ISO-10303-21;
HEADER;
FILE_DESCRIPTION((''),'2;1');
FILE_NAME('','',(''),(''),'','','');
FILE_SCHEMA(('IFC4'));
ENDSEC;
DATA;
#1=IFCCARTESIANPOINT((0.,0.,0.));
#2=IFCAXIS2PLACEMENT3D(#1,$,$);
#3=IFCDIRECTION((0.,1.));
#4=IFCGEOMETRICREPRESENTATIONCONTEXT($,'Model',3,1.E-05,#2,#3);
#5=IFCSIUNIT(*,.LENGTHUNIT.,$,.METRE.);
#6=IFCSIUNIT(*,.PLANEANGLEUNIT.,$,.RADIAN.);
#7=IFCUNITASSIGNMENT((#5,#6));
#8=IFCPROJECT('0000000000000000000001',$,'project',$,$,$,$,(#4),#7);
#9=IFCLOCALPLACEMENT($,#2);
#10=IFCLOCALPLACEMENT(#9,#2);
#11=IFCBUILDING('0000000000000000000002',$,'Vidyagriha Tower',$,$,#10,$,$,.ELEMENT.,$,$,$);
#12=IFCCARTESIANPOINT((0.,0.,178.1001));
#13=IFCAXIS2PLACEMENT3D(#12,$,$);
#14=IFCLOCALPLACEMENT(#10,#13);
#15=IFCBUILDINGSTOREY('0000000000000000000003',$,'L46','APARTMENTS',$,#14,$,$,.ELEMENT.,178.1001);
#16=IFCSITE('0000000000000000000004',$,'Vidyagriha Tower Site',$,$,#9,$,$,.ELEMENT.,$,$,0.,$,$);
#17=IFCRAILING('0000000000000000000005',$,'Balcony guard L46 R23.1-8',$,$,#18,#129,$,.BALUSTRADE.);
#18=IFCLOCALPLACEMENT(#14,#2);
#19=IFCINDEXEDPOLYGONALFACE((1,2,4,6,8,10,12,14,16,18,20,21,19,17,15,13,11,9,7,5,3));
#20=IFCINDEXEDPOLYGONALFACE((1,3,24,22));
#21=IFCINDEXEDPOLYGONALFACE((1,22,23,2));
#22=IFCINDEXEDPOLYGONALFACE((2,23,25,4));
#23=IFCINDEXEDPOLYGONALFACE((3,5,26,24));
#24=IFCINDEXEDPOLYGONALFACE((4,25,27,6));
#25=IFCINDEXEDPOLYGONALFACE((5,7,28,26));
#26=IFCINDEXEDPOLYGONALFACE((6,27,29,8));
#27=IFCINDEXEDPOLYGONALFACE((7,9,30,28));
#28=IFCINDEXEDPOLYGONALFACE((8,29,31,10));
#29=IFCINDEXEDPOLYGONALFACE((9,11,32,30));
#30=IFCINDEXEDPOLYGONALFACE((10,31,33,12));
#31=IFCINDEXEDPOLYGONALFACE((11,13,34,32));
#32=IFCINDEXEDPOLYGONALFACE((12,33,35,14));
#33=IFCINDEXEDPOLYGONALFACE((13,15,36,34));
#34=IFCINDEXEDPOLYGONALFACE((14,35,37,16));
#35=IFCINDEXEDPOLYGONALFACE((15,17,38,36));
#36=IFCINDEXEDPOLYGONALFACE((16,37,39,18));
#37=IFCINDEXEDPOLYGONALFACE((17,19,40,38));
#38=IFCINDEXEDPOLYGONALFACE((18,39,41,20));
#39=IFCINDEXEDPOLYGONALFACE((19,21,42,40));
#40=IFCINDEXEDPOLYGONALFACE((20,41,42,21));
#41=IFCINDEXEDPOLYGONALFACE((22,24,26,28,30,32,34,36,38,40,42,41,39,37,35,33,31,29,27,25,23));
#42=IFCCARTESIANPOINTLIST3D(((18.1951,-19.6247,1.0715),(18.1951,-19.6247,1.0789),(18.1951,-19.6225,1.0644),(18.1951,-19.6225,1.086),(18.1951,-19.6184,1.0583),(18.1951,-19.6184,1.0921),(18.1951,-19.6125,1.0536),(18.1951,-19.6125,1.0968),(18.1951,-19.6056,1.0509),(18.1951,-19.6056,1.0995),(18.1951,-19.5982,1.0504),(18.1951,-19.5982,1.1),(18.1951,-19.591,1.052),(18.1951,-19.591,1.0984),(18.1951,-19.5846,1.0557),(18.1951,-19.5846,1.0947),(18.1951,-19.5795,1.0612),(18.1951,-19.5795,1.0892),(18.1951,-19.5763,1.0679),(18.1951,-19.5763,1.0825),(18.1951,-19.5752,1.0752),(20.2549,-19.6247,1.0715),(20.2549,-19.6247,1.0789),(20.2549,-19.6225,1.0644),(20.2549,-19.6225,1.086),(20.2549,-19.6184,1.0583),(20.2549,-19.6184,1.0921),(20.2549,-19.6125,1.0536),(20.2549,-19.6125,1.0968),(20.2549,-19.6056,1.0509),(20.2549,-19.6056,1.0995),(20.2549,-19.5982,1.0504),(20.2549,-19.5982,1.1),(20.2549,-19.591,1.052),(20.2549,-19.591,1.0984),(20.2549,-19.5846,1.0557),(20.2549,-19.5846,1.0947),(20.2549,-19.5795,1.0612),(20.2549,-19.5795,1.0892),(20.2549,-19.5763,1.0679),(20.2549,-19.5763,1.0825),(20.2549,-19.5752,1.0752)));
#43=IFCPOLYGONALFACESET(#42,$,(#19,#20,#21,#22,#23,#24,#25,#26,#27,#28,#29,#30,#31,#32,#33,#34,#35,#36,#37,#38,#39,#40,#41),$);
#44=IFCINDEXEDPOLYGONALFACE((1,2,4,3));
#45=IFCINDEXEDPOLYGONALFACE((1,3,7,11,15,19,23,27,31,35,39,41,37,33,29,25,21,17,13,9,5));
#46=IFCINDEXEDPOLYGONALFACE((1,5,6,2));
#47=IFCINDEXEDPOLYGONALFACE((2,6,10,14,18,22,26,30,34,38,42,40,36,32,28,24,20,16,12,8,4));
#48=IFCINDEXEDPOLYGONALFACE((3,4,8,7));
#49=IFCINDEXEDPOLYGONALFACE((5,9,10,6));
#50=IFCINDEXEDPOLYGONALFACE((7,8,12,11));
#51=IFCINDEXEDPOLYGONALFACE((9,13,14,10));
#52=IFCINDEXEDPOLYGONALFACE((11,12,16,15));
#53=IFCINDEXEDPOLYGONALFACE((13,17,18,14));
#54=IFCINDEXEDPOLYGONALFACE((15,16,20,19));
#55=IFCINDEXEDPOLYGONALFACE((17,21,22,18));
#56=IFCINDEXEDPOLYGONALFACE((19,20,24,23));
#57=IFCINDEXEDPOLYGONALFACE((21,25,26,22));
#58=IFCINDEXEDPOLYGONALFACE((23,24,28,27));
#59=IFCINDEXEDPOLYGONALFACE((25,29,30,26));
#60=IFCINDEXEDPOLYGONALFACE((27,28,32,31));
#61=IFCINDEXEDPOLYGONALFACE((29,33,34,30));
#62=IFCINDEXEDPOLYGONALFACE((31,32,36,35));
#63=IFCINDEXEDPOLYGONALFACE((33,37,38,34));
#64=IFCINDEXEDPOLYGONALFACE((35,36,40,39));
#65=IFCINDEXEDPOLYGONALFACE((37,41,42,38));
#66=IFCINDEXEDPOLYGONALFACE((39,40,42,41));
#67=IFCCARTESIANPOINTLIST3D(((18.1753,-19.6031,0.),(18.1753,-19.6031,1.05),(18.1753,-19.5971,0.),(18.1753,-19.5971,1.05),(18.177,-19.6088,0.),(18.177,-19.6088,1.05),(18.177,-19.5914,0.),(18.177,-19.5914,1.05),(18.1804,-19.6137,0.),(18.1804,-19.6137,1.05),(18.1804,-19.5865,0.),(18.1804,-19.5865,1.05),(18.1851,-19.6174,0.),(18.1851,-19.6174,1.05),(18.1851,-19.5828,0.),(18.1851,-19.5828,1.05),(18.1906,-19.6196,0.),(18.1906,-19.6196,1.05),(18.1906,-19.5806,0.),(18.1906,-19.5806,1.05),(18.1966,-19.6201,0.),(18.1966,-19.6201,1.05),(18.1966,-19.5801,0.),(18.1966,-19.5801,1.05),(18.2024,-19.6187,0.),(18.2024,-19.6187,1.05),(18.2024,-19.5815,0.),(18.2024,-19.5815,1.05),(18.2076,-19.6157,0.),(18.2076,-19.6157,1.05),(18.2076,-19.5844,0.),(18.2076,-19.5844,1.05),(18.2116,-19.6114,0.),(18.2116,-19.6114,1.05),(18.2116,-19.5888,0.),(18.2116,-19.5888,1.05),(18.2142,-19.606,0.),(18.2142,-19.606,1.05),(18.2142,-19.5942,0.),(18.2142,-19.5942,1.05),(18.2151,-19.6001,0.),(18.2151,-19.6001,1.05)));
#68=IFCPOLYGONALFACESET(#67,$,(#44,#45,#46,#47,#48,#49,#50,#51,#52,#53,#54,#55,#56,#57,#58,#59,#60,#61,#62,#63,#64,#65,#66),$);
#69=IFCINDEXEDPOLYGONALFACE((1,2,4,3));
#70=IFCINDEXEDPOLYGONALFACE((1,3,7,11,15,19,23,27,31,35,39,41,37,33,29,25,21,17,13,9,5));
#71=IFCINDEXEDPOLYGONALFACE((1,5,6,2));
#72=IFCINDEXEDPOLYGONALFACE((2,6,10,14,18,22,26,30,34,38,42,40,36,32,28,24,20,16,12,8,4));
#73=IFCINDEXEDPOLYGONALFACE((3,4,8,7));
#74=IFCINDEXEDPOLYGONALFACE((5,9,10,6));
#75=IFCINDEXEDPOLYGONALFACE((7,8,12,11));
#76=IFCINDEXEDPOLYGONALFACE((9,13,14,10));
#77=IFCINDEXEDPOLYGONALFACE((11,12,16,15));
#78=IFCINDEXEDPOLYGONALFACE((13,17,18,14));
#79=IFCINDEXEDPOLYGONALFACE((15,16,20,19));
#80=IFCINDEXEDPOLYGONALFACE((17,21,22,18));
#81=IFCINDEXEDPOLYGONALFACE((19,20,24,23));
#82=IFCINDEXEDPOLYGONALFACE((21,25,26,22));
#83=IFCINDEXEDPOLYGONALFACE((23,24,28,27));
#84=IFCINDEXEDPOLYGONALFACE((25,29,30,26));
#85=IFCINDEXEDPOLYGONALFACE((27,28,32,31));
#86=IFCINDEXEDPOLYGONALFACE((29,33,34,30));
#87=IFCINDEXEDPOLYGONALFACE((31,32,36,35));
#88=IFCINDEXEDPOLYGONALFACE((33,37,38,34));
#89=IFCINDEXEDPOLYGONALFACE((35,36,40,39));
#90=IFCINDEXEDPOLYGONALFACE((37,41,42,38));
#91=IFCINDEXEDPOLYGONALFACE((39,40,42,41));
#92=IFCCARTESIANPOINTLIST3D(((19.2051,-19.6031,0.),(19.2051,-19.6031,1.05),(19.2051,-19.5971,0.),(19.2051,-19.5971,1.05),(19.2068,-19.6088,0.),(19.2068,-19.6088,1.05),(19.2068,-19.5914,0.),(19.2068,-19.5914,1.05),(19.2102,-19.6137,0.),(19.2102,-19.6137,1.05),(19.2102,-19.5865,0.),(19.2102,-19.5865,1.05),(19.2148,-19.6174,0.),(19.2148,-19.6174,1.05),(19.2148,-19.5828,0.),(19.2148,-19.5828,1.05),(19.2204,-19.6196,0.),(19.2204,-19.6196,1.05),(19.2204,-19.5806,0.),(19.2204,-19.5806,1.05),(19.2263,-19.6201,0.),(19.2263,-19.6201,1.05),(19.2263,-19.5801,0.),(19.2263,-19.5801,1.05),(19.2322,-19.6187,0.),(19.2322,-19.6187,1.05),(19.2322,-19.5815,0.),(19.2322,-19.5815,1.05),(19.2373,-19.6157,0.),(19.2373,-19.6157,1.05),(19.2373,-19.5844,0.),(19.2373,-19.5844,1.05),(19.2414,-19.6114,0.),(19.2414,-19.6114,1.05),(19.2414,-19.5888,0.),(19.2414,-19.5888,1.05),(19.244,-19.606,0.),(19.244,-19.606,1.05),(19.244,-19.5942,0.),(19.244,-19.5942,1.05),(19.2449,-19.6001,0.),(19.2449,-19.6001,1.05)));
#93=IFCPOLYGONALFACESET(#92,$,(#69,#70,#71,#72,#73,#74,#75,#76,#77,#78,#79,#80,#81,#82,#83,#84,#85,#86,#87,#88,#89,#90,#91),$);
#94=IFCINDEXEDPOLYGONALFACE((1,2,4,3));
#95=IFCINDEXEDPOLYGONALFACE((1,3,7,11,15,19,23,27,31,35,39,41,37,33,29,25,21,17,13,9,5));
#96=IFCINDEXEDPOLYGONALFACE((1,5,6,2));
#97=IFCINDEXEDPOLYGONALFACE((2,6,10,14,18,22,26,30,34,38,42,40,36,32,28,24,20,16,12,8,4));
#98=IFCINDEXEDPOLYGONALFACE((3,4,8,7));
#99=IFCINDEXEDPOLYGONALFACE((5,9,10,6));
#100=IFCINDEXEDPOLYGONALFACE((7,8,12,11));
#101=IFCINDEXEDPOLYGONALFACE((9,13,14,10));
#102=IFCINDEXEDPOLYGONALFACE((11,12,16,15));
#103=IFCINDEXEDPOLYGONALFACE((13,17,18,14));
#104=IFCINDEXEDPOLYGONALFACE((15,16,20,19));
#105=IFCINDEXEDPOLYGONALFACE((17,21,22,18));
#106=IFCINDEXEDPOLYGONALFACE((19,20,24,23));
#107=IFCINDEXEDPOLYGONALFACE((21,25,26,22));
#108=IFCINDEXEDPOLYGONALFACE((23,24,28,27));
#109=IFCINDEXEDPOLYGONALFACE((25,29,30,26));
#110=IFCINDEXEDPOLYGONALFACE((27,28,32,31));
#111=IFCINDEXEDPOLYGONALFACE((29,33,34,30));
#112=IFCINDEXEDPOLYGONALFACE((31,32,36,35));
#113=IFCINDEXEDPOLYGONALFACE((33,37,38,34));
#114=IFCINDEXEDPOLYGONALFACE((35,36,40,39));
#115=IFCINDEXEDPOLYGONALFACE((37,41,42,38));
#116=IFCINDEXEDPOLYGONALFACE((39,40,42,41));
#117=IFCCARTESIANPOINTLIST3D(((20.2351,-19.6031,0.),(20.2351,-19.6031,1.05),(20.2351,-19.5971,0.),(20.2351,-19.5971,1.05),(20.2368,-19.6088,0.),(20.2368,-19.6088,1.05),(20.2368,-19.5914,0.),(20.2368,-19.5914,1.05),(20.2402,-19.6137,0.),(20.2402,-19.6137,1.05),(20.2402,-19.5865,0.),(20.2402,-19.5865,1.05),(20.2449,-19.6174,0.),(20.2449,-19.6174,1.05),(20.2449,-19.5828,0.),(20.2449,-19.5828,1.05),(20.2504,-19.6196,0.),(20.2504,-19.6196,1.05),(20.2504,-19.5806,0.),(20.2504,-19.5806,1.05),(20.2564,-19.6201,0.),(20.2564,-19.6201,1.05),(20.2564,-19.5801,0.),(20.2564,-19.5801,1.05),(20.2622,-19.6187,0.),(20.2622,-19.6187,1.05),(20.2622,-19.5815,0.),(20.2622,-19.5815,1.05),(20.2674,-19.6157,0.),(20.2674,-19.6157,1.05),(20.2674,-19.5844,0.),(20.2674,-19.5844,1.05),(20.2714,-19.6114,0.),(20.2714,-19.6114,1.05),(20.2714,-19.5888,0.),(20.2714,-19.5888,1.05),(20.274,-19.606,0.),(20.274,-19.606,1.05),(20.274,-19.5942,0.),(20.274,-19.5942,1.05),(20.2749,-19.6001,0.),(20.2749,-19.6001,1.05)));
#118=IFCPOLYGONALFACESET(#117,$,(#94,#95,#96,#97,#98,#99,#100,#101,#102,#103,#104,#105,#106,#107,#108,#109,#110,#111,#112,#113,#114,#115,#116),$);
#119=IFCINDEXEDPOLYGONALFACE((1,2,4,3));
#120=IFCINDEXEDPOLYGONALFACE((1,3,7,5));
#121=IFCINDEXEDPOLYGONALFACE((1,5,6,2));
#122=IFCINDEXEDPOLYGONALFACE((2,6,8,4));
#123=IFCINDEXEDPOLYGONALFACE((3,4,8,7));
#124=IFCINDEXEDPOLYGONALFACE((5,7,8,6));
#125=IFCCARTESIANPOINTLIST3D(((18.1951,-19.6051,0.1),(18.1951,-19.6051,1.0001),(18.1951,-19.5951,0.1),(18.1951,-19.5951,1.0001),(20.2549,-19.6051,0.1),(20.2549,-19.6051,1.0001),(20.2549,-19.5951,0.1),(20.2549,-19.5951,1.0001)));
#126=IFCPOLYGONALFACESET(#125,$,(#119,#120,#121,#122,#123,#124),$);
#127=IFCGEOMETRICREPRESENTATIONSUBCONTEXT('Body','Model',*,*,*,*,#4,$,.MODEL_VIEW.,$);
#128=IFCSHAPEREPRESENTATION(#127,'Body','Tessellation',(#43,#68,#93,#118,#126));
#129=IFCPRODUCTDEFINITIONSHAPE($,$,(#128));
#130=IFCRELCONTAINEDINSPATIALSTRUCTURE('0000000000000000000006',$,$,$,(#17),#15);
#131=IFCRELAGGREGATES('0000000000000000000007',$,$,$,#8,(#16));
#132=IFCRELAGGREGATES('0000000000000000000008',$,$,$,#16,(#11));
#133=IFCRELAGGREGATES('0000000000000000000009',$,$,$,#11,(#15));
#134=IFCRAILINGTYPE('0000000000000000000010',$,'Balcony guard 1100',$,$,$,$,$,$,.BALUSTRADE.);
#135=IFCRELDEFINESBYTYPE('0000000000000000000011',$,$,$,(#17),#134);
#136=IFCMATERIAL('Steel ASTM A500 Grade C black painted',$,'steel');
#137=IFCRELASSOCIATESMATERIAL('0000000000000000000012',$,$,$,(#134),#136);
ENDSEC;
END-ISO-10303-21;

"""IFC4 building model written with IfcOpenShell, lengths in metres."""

from ifc_helpers import new_model, si_unit, direction, frame, origin, origin_2d, place, context, subcontext, project, spatial, rectangle, circle, extrude, material, type_object, element, save


model = new_model("IFC4")

# Units and contexts
model_context = context("Model", 3, precision=1e-05, world=origin(), true_north=direction((0.0, 1.0)))
body_context = subcontext(model_context, "Body", "Model", "MODEL_VIEW")
ifc_project = project(units=[si_unit("LENGTHUNIT", "METRE"), si_unit("PLANEANGLEUNIT", "RADIAN")], contexts=[model_context])

# Site, building, storey
site_placement = place(None, origin())
site = spatial("IfcSite", under=ifc_project, at=site_placement, Name="Vidyagriha Tower Site", CompositionType="ELEMENT", RefElevation=0.0)
building_placement = place(site_placement, origin())
building = spatial("IfcBuilding", under=site, at=building_placement, Name="Vidyagriha Tower", CompositionType="ELEMENT")
storey_placement = place(building_placement, frame((0.0, 0.0, 178.1001)))
storey = spatial("IfcBuildingStorey", under=building, at=storey_placement, Name="L46", Description="APARTMENTS", CompositionType="ELEMENT", Elevation=178.1001)

# Railing
ifc_material_1 = material(Name="Steel ASTM A500 Grade C black painted", Category="steel")
railing_type = type_object("IfcRailingType", Name="Balcony guard 1100", PredefinedType="BALUSTRADE", material=ifc_material_1)
railing_1_placement = place(storey_placement, frame((18.1951, -19.6001, 0.0)))
element("IfcRailing", 1, at=railing_1_placement, inside=storey, type_object=railing_type, Name="Balcony guard L46 R23.1-8", PredefinedType="BALUSTRADE", context=body_context, shape_type="SweptSolid", body=[
    extrude(circle(Radius=0.0249, at=origin_2d()), frame((0.0, 0.0, 1.0752), z_axis=(1.0, 0.0, 0.0), x_axis=(0.0, 1.0, 0.0)), (0.0, 0.0, 1.0), 2.0598),
    extrude(circle(Radius=0.02, at=origin_2d()), origin(), (0.0, 0.0, 1.0), 1.05),
    extrude(circle(Radius=0.02, at=origin_2d()), frame((1.0298, 0.0, 0.0)), (0.0, 0.0, 1.0), 1.05),
    extrude(circle(Radius=0.02, at=origin_2d()), frame((2.0598, 0.0, 0.0)), (0.0, 0.0, 1.0), 1.05),
    extrude(rectangle(XDim=0.01, YDim=0.9001, at=origin_2d()), frame((0.0, 0.0, 0.55), z_axis=(1.0, 0.0, 0.0), x_axis=(0.0, 1.0, 0.0)), (0.0, 0.0, 1.0), 2.0598),
])

save(model, "model.ifc")
